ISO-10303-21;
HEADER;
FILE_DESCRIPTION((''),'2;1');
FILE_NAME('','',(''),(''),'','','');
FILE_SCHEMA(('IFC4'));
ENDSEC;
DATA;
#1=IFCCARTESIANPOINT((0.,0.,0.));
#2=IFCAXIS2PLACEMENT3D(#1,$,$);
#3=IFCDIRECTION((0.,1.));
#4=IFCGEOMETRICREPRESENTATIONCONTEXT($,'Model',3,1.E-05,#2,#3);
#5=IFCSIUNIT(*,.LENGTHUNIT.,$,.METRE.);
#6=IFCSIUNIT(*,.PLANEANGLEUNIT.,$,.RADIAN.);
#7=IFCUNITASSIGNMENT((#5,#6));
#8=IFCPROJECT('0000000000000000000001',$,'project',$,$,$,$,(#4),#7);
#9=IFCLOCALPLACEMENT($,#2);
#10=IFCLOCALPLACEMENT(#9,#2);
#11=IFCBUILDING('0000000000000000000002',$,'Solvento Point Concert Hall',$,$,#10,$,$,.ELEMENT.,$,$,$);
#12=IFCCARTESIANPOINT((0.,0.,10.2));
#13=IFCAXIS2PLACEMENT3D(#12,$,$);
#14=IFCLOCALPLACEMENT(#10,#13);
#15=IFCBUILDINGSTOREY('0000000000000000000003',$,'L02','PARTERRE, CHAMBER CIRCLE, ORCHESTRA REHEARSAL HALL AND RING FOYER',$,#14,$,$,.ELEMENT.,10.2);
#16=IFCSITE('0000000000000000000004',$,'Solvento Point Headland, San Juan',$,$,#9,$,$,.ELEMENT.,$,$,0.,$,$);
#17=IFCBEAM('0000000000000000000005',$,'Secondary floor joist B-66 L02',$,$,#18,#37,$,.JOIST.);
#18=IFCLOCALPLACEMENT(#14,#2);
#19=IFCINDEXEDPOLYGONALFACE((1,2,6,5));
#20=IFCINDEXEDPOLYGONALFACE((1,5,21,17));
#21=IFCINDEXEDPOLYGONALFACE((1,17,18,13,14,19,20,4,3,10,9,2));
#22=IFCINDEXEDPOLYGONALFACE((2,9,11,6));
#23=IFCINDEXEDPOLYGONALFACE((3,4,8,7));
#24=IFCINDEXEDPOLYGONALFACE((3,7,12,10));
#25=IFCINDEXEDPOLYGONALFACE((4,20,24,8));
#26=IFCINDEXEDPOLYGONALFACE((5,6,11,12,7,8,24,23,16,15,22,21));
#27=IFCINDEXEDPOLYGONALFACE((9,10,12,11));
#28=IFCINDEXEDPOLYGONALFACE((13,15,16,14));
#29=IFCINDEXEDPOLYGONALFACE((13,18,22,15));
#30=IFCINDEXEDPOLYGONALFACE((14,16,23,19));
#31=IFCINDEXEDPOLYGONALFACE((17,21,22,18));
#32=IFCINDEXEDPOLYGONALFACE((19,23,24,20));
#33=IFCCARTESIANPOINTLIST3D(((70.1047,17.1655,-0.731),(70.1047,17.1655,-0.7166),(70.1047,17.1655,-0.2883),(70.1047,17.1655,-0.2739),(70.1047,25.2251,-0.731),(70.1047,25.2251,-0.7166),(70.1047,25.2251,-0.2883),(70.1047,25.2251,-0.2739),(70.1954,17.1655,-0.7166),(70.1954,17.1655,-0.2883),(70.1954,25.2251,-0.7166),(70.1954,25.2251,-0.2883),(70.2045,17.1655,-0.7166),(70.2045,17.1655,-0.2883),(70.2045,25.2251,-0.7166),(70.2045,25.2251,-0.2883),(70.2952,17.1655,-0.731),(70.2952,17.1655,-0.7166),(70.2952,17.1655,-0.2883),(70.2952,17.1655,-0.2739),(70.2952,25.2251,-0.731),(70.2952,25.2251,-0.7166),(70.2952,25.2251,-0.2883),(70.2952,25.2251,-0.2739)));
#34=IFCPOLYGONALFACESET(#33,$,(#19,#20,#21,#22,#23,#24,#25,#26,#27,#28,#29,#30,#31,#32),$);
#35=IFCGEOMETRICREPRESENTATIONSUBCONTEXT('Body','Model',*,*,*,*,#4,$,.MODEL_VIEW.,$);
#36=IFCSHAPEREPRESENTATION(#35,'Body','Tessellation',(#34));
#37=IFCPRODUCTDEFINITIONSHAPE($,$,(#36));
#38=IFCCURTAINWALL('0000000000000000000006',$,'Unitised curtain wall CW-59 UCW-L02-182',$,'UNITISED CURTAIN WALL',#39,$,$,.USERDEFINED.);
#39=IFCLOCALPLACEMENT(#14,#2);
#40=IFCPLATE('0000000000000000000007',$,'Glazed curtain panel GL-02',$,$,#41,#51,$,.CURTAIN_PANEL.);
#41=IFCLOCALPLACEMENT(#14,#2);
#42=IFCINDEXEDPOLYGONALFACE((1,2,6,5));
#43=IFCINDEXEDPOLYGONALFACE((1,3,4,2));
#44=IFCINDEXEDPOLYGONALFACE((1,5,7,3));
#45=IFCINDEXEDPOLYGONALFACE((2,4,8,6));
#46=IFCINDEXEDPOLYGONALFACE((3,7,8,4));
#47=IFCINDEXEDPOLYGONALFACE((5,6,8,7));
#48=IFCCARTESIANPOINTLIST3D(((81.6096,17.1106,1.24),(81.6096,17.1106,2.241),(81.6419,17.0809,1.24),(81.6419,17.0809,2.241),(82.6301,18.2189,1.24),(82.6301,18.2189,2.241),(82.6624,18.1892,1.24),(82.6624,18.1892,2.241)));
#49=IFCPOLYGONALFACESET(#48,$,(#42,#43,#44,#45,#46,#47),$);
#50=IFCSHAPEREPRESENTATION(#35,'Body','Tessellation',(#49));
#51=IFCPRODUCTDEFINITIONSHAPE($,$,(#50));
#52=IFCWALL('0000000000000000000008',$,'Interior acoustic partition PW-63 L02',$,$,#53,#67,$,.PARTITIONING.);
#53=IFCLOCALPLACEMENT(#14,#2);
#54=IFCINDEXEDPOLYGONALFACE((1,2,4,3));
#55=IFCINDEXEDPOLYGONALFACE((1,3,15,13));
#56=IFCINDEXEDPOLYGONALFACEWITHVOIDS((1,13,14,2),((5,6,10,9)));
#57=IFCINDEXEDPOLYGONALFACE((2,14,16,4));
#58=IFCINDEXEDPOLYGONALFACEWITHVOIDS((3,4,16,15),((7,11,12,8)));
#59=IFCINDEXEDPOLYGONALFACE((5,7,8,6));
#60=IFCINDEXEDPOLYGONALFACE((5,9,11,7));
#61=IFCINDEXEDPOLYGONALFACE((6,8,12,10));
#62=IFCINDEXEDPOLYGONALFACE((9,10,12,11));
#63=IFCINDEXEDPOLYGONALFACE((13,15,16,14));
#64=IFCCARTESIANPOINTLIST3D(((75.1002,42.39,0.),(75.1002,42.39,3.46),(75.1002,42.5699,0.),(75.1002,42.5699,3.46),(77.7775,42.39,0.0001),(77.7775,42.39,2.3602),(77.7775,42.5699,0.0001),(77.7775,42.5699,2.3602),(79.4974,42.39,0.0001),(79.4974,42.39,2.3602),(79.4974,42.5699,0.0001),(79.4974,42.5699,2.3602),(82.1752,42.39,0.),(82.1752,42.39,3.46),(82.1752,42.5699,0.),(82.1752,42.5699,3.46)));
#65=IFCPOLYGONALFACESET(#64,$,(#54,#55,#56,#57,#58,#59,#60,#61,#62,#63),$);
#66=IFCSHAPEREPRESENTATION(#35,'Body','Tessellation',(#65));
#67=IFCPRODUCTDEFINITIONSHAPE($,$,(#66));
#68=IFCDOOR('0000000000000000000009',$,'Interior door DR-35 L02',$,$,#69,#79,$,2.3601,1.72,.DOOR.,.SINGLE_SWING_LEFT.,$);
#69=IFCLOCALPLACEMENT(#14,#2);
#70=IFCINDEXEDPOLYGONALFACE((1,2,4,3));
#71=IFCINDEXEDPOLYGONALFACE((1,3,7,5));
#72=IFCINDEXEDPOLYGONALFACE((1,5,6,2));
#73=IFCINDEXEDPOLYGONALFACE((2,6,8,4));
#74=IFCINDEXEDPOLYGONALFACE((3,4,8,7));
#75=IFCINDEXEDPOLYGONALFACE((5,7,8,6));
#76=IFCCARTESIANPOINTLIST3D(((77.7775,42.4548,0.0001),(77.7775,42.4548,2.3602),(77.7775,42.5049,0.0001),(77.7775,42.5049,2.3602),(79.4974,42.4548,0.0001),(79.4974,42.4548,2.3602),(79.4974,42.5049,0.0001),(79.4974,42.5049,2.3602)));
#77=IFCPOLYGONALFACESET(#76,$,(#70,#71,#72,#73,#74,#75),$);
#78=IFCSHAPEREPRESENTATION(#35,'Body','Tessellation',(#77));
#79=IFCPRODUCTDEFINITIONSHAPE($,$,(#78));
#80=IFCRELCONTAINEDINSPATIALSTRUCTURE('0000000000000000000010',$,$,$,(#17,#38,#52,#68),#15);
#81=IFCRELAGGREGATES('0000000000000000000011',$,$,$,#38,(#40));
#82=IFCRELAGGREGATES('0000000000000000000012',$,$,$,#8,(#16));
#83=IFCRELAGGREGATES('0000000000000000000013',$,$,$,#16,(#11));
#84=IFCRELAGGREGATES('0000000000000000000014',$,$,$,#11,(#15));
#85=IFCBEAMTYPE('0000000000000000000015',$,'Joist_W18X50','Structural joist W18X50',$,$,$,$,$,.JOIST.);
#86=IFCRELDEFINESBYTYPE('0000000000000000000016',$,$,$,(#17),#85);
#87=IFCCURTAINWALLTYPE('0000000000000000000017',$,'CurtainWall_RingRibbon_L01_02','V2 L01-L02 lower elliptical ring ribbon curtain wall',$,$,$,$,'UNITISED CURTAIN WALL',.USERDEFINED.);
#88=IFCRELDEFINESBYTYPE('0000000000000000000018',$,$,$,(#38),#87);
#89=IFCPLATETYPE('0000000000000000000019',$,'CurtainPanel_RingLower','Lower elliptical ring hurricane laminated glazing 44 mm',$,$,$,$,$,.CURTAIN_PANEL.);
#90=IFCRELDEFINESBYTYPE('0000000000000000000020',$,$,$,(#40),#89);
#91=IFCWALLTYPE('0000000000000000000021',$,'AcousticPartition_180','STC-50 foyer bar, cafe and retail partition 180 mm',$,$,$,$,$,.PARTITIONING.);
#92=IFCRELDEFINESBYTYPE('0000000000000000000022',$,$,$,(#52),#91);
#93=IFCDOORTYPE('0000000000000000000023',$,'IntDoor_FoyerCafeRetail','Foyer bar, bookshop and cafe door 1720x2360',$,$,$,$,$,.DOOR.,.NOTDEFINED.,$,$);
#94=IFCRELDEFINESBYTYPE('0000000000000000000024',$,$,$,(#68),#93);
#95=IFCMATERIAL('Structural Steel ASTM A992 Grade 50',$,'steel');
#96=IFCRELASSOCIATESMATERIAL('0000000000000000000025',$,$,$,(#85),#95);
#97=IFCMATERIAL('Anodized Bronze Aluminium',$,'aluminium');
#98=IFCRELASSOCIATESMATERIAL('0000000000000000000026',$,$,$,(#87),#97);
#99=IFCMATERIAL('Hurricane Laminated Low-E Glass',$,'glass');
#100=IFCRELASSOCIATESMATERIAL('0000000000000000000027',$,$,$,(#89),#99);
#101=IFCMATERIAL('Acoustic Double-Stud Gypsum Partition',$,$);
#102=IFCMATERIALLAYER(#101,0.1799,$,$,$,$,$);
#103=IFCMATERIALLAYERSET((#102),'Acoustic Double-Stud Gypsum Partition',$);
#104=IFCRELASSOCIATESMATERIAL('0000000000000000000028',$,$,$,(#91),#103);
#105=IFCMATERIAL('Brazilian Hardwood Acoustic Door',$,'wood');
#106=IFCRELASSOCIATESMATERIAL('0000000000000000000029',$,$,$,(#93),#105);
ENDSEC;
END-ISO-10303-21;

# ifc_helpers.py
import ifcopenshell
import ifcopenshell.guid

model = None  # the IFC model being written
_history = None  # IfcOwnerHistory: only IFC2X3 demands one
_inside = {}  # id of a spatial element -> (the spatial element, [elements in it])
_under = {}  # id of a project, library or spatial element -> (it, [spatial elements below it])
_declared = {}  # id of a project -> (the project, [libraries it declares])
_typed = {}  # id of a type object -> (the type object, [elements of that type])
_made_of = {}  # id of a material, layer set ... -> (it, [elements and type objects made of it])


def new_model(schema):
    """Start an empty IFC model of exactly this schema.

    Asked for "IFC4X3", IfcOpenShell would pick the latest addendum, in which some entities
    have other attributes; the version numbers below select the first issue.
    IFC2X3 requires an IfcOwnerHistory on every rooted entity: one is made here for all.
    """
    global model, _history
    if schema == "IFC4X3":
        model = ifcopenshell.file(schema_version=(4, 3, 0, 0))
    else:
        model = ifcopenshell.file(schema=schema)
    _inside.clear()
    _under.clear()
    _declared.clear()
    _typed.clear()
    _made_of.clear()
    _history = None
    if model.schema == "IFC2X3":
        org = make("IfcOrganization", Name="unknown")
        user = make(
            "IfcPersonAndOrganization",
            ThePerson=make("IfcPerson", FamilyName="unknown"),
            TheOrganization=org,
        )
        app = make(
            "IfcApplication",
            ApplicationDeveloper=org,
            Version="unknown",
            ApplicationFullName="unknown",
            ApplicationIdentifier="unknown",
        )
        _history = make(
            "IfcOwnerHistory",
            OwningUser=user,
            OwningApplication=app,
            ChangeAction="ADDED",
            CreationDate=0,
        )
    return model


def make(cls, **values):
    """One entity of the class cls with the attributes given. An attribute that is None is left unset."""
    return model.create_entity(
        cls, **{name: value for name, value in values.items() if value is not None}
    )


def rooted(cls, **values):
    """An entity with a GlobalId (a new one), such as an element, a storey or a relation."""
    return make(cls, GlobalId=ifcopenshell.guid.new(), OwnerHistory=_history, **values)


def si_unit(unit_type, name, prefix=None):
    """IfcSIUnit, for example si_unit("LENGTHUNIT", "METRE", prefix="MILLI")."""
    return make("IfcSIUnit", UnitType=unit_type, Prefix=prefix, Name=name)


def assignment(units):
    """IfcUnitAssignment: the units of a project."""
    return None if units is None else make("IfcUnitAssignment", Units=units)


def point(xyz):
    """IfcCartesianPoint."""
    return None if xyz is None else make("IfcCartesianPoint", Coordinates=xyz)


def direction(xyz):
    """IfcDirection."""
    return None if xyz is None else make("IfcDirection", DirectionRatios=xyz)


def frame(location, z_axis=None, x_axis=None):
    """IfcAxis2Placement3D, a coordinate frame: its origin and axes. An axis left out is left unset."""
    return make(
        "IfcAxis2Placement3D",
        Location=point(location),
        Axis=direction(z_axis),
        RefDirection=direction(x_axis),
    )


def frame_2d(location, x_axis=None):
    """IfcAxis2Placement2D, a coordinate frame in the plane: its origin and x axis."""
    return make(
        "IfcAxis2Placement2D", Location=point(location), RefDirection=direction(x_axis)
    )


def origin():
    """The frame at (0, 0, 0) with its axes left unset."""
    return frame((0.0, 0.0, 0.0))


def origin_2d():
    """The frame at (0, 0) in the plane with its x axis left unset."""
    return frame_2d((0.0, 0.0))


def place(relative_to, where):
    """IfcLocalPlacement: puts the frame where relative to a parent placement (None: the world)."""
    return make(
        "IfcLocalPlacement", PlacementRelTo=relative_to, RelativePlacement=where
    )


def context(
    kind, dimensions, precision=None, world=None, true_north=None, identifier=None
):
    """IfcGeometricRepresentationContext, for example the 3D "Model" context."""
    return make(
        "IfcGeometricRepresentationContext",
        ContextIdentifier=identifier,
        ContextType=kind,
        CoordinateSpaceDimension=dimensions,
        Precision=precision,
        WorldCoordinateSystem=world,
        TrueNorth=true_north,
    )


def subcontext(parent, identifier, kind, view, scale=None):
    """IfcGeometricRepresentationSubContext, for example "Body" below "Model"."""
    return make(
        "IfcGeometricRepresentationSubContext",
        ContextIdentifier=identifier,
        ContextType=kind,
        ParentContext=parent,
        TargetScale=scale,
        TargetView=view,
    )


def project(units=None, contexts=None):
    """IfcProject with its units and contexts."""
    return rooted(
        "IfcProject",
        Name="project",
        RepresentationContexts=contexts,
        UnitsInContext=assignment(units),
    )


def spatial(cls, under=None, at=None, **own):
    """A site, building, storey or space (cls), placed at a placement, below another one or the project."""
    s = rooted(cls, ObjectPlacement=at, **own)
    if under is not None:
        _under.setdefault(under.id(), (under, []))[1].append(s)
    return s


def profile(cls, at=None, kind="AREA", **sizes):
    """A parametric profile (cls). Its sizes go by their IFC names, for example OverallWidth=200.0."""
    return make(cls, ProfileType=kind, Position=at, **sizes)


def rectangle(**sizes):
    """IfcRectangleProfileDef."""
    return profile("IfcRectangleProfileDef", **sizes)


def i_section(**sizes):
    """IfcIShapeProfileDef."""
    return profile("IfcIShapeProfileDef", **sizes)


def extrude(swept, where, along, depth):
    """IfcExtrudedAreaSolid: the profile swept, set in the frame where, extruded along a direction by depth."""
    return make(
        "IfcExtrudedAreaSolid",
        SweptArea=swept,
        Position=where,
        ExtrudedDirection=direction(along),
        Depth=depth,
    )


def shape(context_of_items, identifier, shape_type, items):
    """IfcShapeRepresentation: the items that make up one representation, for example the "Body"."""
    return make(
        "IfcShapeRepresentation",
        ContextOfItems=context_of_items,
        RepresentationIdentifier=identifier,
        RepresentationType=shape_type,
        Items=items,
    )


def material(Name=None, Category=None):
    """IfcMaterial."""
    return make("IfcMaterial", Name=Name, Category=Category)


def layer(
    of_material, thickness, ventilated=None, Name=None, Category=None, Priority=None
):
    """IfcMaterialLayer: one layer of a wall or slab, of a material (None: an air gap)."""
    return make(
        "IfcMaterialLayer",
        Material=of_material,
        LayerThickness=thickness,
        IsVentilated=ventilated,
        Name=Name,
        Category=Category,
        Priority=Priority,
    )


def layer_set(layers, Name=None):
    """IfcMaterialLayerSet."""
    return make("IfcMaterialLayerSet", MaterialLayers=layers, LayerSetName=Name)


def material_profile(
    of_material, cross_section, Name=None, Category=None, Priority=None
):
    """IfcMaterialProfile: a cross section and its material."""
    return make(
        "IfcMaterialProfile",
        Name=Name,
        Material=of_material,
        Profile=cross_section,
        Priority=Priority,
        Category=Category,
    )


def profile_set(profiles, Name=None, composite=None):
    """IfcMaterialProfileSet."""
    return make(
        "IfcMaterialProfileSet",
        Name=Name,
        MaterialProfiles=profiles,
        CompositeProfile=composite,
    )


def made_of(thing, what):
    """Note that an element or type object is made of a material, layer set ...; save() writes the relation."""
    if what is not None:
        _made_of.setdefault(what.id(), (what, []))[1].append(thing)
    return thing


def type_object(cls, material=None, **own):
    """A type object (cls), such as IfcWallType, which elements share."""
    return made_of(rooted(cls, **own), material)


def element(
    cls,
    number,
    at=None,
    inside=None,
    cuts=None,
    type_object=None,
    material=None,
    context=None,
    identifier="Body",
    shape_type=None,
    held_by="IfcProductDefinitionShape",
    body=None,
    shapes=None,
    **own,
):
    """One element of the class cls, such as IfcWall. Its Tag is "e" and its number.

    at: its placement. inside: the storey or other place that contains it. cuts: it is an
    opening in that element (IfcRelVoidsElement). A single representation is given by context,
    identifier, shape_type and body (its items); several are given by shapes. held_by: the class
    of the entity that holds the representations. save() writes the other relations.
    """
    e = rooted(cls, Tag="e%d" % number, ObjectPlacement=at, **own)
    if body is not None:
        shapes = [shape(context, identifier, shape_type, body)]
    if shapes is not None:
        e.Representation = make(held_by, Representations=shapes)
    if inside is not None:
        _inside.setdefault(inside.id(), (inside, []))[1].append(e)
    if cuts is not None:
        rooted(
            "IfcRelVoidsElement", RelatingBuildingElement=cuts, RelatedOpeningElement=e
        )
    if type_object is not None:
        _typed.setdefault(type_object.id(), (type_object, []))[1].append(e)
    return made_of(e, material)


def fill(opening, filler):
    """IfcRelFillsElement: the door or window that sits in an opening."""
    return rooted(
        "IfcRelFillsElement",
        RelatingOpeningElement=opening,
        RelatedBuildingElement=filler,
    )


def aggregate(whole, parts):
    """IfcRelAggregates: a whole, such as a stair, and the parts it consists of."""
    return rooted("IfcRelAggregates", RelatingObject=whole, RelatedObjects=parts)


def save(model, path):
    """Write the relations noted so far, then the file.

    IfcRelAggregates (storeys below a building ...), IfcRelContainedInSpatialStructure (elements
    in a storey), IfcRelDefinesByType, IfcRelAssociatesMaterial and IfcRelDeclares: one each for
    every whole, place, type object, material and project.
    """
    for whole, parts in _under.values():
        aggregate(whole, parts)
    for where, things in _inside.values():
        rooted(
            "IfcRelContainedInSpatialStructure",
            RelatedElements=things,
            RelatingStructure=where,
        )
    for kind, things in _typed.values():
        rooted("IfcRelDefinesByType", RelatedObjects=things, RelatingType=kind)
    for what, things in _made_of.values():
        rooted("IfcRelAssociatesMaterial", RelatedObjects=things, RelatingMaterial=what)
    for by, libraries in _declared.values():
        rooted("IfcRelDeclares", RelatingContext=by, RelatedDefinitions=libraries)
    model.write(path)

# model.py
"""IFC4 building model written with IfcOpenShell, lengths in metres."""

from ifc_helpers import new_model, si_unit, direction, frame, frame_2d, origin, origin_2d, place, context, subcontext, project, spatial, rectangle, i_section, extrude, material, layer, layer_set, material_profile, profile_set, type_object, element, fill, aggregate, save


model = new_model("IFC4")

# Units and contexts
model_context = context("Model", 3, precision=1e-05, world=origin(), true_north=direction((0.0, 1.0)))
body_context = subcontext(model_context, "Body", "Model", "MODEL_VIEW")
ifc_project = project(units=[si_unit("LENGTHUNIT", "METRE"), si_unit("PLANEANGLEUNIT", "RADIAN")], contexts=[model_context])

# Site, building, storey
site_placement = place(None, origin())
site = spatial("IfcSite", under=ifc_project, at=site_placement, Name="Solvento Point Headland, San Juan", CompositionType="ELEMENT", RefElevation=0.0)
building_placement = place(site_placement, origin())
building = spatial("IfcBuilding", under=site, at=building_placement, Name="Solvento Point Concert Hall", CompositionType="ELEMENT")
storey_placement = place(building_placement, frame((0.0, 0.0, 10.2)))
storey = spatial("IfcBuildingStorey", under=building, at=storey_placement, Name="L02", Description="PARTERRE, CHAMBER CIRCLE, ORCHESTRA REHEARSAL HALL AND RING FOYER", CompositionType="ELEMENT", Elevation=10.2)

# Beam
ifc_material_1 = material(Name="Structural Steel ASTM A992 Grade 50", Category="steel")
ifc_material_profile_1 = material_profile(ifc_material_1, i_section(OverallWidth=0.1904, OverallDepth=0.457, WebThickness=0.009, FlangeThickness=0.0144, at=origin_2d()), Name="W18X50")
ifc_profile_set_1 = profile_set([ifc_material_profile_1], Name="Structural Steel ASTM A992 Grade 50")
beam_type_1 = type_object("IfcBeamType", Name="Joist_W18X50", Description="Structural joist W18X50", PredefinedType="JOIST", material=ifc_profile_set_1)
for number, where, z_axis, x_axis, name in (
    (1, (70.2, 17.1655, -0.5024), (0.0, 1.0, 0.0), (-1.0, 0.0, 0.0), "Secondary floor joist B-66 L02"),
):
    element("IfcBeam", number, at=place(storey_placement, frame(where, z_axis=z_axis, x_axis=x_axis)), inside=storey, type_object=beam_type_1, Name=name, PredefinedType="JOIST", context=body_context, shape_type="SweptSolid", body=[
        extrude(i_section(OverallWidth=0.1904, OverallDepth=0.457, WebThickness=0.009, FlangeThickness=0.0144, at=origin_2d()), origin(), (0.0, 0.0, 1.0), 8.0596),
    ])

# Curtain wall, plate
ifc_material_2 = material(Name="Anodized Bronze Aluminium", Category="aluminium")
curtain_wall_type = type_object("IfcCurtainWallType", Name="CurtainWall_RingRibbon_L01_02", Description="V2 L01-L02 lower elliptical ring ribbon curtain wall", ElementType="UNITISED CURTAIN WALL", PredefinedType="USERDEFINED", material=ifc_material_2)
curtain_wall_placement = place(storey_placement, origin())
curtain_wall = element("IfcCurtainWall", 2, at=curtain_wall_placement, inside=storey, type_object=curtain_wall_type, Name="Unitised curtain wall CW-59 UCW-L02-182", ObjectType="UNITISED CURTAIN WALL", PredefinedType="USERDEFINED")
ifc_material_3 = material(Name="Hurricane Laminated Low-E Glass", Category="glass")
plate_type = type_object("IfcPlateType", Name="CurtainPanel_RingLower", Description="Lower elliptical ring hurricane laminated glazing 44 mm", PredefinedType="CURTAIN_PANEL", material=ifc_material_3)
plate_placement = place(storey_placement, frame((82.136, 17.6499, 1.24), z_axis=(0.0, 0.0, 1.0), x_axis=(-0.677365, -0.735647, 0.0)))
plate = element("IfcPlate", 3, at=plate_placement, type_object=plate_type, Name="Glazed curtain panel GL-02", PredefinedType="CURTAIN_PANEL", context=body_context, shape_type="SweptSolid", body=[
    extrude(rectangle(XDim=1.5066, YDim=0.0439, at=origin_2d()), origin(), (0.0, 0.0, 1.0), 1.001),
])
aggregate(curtain_wall, [plate])

# Wall, opening, door
ifc_material_4 = material(Name="Acoustic Double-Stud Gypsum Partition")
ifc_layer = layer(ifc_material_4, 0.1799)
ifc_layer_set = layer_set([ifc_layer], Name="Acoustic Double-Stud Gypsum Partition")
wall_type = type_object("IfcWallType", Name="AcousticPartition_180", Description="STC-50 foyer bar, cafe and retail partition 180 mm", PredefinedType="PARTITIONING", material=ifc_layer_set)
wall_placement = place(storey_placement, frame((75.1001, 42.48, 0.0), z_axis=(0.0, 0.0, 1.0), x_axis=(1.0, 0.0, 0.0)))
wall = element("IfcWall", 4, at=wall_placement, inside=storey, type_object=wall_type, Name="Interior acoustic partition PW-63 L02", PredefinedType="PARTITIONING", context=body_context, shape_type="SweptSolid", body=[
    extrude(rectangle(XDim=7.075, YDim=0.1799, at=frame_2d((3.5376, 0.0))), origin(), (0.0, 0.0, 1.0), 3.46),
])
opening_placement = place(wall_placement, frame((2.6775, 0.0, 0.0)))
opening = element("IfcOpeningElement", 5, at=opening_placement, cuts=wall, PredefinedType="OPENING", context=body_context, shape_type="SweptSolid", body=[
    extrude(rectangle(XDim=1.72, YDim=2.3601, at=frame_2d((0.8599, 1.1802))), frame((0.0, 0.0999, 0.0), z_axis=(0.0, -1.0, 0.0), x_axis=(1.0, 0.0, 0.0)), (0.0, 0.0, 1.0), 0.2),
])
ifc_material_5 = material(Name="Brazilian Hardwood Acoustic Door", Category="wood")
door_type = type_object("IfcDoorType", Name="IntDoor_FoyerCafeRetail", Description="Foyer bar, bookshop and cafe door 1720x2360", OperationType="NOTDEFINED", PredefinedType="DOOR", material=ifc_material_5)
door_placement = place(opening_placement, origin())
door = element("IfcDoor", 6, at=door_placement, inside=storey, type_object=door_type, Name="Interior door DR-35 L02", OperationType="SINGLE_SWING_LEFT", OverallHeight=2.3601, OverallWidth=1.72, PredefinedType="DOOR", context=body_context, shape_type="SweptSolid", body=[
    extrude(rectangle(XDim=1.72, YDim=2.3601, at=frame_2d((0.8599, 1.1802))), frame((0.0, 0.0249, 0.0), z_axis=(0.0, -1.0, 0.0), x_axis=(1.0, 0.0, 0.0)), (0.0, 0.0, 1.0), 0.05),
])
fill(opening, door)

save(model, "model.ifc")
